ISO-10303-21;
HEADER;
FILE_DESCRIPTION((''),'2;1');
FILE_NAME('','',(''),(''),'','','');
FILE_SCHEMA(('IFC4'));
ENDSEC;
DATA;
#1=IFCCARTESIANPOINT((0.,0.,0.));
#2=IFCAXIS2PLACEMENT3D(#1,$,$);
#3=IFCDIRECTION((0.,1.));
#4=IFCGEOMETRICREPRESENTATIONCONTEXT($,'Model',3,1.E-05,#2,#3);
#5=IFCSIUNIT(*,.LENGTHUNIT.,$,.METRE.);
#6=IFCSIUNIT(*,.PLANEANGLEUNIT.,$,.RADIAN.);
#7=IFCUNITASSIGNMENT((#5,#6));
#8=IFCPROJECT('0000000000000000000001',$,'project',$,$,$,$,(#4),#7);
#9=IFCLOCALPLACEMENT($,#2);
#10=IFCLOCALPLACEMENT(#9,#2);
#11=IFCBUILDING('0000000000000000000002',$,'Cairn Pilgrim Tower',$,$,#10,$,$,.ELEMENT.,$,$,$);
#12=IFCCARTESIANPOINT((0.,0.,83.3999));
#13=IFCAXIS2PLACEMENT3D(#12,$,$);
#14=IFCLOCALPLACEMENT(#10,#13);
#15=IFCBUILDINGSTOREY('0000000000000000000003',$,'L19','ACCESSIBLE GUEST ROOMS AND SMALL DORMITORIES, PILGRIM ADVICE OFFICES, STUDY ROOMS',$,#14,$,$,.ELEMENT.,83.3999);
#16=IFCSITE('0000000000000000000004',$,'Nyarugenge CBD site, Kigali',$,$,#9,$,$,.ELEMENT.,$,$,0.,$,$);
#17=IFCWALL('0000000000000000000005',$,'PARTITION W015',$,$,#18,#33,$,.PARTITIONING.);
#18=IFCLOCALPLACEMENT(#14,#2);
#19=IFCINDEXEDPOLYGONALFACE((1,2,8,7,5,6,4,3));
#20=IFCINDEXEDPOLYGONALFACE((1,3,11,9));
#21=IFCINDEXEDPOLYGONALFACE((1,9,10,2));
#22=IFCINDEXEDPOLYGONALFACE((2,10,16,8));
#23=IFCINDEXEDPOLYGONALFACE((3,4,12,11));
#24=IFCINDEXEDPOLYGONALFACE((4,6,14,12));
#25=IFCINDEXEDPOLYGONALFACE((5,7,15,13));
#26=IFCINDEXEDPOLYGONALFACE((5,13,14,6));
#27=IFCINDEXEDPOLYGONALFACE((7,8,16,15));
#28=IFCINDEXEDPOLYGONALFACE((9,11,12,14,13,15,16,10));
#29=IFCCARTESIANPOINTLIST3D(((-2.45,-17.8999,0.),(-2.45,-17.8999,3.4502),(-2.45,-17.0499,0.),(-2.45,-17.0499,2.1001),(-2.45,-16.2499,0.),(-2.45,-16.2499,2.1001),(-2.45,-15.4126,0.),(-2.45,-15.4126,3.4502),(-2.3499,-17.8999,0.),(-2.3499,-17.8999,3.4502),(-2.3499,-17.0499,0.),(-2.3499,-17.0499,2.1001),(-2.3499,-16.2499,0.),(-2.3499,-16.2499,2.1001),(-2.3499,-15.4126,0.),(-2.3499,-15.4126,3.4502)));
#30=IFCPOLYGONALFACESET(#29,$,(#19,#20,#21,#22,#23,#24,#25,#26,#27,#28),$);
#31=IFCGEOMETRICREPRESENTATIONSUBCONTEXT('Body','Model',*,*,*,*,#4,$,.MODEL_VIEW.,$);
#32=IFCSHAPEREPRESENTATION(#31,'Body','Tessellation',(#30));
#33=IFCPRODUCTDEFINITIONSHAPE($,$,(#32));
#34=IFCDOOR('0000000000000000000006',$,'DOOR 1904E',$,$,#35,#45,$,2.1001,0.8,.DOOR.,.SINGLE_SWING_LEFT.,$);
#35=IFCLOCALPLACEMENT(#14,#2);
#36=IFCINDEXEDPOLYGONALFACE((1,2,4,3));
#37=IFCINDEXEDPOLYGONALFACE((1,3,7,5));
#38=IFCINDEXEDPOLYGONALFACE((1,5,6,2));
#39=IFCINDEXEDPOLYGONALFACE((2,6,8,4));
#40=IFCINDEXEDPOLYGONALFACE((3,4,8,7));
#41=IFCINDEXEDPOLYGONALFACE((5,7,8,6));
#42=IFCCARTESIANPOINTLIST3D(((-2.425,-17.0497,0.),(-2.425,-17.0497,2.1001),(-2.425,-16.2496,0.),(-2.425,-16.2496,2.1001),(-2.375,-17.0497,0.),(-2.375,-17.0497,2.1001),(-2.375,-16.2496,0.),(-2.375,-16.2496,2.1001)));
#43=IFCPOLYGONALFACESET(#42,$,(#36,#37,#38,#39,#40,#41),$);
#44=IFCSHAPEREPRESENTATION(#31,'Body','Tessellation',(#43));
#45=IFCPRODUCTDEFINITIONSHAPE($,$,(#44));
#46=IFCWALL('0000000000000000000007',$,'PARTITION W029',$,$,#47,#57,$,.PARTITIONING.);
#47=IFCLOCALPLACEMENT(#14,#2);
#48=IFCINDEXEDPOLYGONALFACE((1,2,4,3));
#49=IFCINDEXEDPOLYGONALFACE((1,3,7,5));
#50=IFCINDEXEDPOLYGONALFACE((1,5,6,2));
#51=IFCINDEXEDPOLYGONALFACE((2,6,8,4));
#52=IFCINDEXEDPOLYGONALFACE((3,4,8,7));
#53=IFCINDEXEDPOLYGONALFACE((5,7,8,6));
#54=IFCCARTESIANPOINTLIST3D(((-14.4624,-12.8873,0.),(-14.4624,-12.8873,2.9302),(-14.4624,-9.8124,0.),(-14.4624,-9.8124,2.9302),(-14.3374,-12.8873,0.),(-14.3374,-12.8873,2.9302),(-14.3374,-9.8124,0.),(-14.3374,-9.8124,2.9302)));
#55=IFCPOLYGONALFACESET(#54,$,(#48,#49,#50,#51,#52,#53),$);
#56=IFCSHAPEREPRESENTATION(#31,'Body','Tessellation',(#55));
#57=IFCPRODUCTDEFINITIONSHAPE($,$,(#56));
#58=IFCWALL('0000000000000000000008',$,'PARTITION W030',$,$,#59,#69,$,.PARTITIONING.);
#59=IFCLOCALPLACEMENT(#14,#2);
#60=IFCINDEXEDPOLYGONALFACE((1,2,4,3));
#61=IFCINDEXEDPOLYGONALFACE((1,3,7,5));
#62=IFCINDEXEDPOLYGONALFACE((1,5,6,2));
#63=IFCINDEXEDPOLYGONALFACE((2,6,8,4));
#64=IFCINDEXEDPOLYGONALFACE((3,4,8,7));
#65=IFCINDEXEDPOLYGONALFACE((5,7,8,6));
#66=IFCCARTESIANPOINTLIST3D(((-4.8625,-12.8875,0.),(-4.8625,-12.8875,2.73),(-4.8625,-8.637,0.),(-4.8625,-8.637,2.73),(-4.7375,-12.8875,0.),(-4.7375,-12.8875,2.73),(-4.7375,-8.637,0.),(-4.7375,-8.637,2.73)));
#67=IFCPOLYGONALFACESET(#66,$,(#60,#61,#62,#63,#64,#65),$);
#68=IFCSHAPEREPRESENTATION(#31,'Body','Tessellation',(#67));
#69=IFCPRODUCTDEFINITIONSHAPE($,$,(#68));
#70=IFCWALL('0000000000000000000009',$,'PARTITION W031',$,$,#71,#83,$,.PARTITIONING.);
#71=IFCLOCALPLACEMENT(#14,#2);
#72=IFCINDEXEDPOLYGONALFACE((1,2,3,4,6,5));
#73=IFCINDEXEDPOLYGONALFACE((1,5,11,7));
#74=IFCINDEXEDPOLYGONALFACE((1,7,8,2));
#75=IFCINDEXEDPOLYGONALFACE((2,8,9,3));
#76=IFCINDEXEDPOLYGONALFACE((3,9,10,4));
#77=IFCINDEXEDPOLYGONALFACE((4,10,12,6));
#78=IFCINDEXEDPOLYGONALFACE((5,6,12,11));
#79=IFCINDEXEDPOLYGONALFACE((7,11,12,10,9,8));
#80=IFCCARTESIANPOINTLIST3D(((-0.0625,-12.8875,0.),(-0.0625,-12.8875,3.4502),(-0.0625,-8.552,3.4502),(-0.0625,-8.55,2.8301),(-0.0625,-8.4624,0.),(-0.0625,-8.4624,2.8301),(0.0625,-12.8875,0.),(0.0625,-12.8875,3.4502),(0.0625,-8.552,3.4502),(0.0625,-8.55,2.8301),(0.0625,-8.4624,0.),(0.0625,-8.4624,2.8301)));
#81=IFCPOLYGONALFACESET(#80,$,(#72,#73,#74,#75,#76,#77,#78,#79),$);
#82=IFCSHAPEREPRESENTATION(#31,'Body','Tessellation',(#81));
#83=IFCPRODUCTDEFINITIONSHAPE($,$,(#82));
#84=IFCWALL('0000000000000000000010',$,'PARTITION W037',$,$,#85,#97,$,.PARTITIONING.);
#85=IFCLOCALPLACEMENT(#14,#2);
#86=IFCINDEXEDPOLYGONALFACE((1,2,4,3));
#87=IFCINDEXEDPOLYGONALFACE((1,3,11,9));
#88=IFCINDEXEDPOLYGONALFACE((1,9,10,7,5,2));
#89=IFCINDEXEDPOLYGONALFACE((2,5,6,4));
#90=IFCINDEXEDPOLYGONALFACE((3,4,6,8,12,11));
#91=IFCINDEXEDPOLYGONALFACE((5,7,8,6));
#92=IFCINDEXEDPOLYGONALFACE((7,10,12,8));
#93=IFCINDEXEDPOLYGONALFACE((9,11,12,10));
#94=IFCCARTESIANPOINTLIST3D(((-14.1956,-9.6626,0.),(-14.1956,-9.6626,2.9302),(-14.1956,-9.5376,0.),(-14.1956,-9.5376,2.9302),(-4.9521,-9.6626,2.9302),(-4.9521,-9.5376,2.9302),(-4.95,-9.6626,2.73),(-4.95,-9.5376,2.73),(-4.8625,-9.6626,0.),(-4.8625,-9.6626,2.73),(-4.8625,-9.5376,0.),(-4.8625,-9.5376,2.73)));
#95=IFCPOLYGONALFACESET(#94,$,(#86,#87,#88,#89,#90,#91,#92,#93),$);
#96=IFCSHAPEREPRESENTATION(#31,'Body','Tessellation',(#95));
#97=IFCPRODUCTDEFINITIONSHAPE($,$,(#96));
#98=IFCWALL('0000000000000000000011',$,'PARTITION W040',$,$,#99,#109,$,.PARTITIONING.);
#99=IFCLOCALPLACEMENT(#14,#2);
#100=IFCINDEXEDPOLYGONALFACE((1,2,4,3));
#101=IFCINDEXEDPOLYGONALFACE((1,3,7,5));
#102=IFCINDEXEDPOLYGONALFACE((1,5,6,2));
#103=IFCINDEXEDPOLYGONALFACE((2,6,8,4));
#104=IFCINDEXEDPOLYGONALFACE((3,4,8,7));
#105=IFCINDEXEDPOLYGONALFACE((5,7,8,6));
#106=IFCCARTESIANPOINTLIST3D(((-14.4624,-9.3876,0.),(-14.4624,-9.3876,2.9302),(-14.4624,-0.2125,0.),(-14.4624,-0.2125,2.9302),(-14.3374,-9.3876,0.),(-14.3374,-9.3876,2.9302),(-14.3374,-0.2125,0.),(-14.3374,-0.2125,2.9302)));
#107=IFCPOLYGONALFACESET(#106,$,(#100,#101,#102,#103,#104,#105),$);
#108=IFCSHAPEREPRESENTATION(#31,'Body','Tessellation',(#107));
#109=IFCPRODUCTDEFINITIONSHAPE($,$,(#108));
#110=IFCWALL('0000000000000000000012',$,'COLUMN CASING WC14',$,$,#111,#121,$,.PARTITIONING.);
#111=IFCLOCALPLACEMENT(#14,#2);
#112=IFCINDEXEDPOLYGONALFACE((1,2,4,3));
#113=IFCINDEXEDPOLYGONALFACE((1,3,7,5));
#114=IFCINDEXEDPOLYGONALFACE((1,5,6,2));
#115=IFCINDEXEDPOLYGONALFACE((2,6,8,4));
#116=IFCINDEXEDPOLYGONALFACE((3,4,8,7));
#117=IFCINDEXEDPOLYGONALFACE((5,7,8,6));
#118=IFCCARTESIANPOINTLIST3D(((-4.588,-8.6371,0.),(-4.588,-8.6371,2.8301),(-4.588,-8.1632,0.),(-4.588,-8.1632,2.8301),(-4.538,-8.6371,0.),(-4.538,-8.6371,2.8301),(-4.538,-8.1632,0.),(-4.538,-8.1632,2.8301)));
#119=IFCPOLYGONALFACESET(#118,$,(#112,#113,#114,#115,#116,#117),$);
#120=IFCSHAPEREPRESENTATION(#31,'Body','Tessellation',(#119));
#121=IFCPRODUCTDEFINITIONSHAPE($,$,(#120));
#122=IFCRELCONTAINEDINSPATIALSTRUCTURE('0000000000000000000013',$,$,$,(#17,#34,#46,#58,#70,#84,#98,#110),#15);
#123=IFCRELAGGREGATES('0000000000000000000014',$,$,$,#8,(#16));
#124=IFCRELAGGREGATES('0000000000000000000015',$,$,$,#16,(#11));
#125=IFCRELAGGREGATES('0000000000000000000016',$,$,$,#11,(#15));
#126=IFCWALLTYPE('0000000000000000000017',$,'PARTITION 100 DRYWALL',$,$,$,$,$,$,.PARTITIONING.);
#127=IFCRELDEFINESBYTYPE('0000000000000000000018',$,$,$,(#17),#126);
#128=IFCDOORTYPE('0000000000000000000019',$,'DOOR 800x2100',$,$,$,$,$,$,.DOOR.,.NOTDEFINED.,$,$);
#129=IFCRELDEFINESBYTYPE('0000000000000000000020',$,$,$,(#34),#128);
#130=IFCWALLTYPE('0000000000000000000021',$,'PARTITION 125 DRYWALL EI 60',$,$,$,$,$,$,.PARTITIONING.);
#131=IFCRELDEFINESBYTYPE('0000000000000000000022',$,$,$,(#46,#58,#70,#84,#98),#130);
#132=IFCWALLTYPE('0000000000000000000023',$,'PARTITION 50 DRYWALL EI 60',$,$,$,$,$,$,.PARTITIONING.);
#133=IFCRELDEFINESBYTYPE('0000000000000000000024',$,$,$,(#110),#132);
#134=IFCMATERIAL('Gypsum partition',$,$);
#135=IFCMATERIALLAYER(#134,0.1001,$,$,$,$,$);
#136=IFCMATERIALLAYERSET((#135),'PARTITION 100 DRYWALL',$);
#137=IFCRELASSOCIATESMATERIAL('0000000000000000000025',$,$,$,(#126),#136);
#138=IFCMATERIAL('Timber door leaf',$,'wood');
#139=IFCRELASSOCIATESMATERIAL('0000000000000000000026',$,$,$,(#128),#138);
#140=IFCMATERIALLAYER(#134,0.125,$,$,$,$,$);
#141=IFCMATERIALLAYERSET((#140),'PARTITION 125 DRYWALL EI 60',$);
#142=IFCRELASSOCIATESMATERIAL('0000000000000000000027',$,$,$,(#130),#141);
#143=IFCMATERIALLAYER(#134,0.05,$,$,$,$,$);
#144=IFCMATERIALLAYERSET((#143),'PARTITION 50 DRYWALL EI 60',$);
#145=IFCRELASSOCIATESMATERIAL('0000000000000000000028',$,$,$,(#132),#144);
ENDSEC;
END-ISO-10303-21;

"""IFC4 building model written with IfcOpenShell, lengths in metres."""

from ifc_helpers import new_model, si_unit, direction, frame, frame_2d, origin, place, context, subcontext, project, spatial, polyline, rectangle, outline, extrude, material, layer, layer_set, type_object, element, fill, save


model = new_model("IFC4")

# Units and contexts
model_context = context("Model", 3, precision=1e-05, world=origin(), true_north=direction((0.0, 1.0)))
body_context = subcontext(model_context, "Body", "Model", "MODEL_VIEW")
ifc_project = project(units=[si_unit("LENGTHUNIT", "METRE"), si_unit("PLANEANGLEUNIT", "RADIAN")], contexts=[model_context])

# Site, building, storey
site_placement = place(None, origin())
site = spatial("IfcSite", under=ifc_project, at=site_placement, Name="Nyarugenge CBD site, Kigali", CompositionType="ELEMENT", RefElevation=0.0)
building_placement = place(site_placement, origin())
building = spatial("IfcBuilding", under=site, at=building_placement, Name="Cairn Pilgrim Tower", CompositionType="ELEMENT")
storey_placement = place(building_placement, frame((0.0, 0.0, 83.3999)))
storey = spatial("IfcBuildingStorey", under=building, at=storey_placement, Name="L19", Description="ACCESSIBLE GUEST ROOMS AND SMALL DORMITORIES, PILGRIM ADVICE OFFICES, STUDY ROOMS", CompositionType="ELEMENT", Elevation=83.3999)

# Wall, opening, door
ifc_material_1 = material(Name="Gypsum partition")
ifc_layer_1 = layer(ifc_material_1, 0.1001)
ifc_layer_set_1 = layer_set([ifc_layer_1], Name="PARTITION 100 DRYWALL")
wall_type_1 = type_object("IfcWallType", Name="PARTITION 100 DRYWALL", PredefinedType="PARTITIONING", material=ifc_layer_set_1)
ifc_material_2 = material(Name="Timber door leaf", Category="wood")
door_type = type_object("IfcDoorType", Name="DOOR 800x2100", OperationType="NOTDEFINED", PredefinedType="DOOR", material=ifc_material_2)
wall_1_placement = place(storey_placement, frame((-2.3999, -17.8999, 0.0), z_axis=(0.0, 0.0, 1.0), x_axis=(0.0, 1.0, 0.0)))
wall_1 = element("IfcWall", 1, at=wall_1_placement, inside=storey, type_object=wall_type_1, Name="PARTITION W015", PredefinedType="PARTITIONING", context=body_context, shape_type="SweptSolid", body=[
    extrude(rectangle(XDim=2.4873, YDim=0.1001, at=frame_2d((1.2437, 0.0))), origin(), (0.0, 0.0, 1.0), 3.4502),
])
opening_1_placement = place(wall_1_placement, frame((0.8501, 0.0, 0.0)))
opening_1 = element("IfcOpeningElement", 2, at=opening_1_placement, cuts=wall_1, PredefinedType="OPENING", context=body_context, shape_type="SweptSolid", body=[
    extrude(rectangle(XDim=0.8, YDim=2.1001, at=frame_2d((0.3999, 1.05))), frame((0.0, 0.0601, 0.0), z_axis=(0.0, -1.0, 0.0), x_axis=(1.0, 0.0, 0.0)), (0.0, 0.0, 1.0), 0.1201),
])
door_1_placement = place(opening_1_placement, frame((0.8, 0.0, 0.0), z_axis=(0.0, 0.0, 1.0), x_axis=(-1.0, 0.0, 0.0)))
door_1 = element("IfcDoor", 3, at=door_1_placement, inside=storey, type_object=door_type, Name="DOOR 1904E", OperationType="SINGLE_SWING_LEFT", OverallHeight=2.1001, OverallWidth=0.8, PredefinedType="DOOR", context=body_context, shape_type="SweptSolid", body=[
    extrude(rectangle(XDim=0.8, YDim=2.1001, at=frame_2d((0.3999, 1.05))), frame((0.0, 0.0249, 0.0), z_axis=(0.0, -1.0, 0.0), x_axis=(1.0, 0.0, 0.0)), (0.0, 0.0, 1.0), 0.05),
])
fill(opening_1, door_1)

# Walls
ifc_layer_2 = layer(ifc_material_1, 0.125)
ifc_layer_set_2 = layer_set([ifc_layer_2], Name="PARTITION 125 DRYWALL EI 60")
wall_type_2 = type_object("IfcWallType", Name="PARTITION 125 DRYWALL EI 60", PredefinedType="PARTITIONING", material=ifc_layer_set_2)
wall_2_placement = place(storey_placement, frame((-14.3999, -12.8875, 0.0), z_axis=(0.0, 0.0, 1.0), x_axis=(0.0, 1.0, 0.0)))
element("IfcWall", 4, at=wall_2_placement, inside=storey, type_object=wall_type_2, Name="PARTITION W029", PredefinedType="PARTITIONING", context=body_context, shape_type="SweptSolid", body=[
    extrude(rectangle(XDim=3.075, YDim=0.125, at=frame_2d((1.5376, 0.0))), origin(), (0.0, 0.0, 1.0), 2.9302),
])
wall_3_placement = place(storey_placement, frame((-4.8, -12.8875, 0.0), z_axis=(0.0, 0.0, 1.0), x_axis=(0.0, 1.0, 0.0)))
element("IfcWall", 5, at=wall_3_placement, inside=storey, type_object=wall_type_2, Name="PARTITION W030", PredefinedType="PARTITIONING", context=body_context, shape_type="SweptSolid", body=[
    extrude(rectangle(XDim=4.2505, YDim=0.125, at=frame_2d((2.1252, 0.0))), origin(), (0.0, 0.0, 1.0), 2.73),
])
wall_4_placement = place(storey_placement, frame((0.0, -12.8875, 0.0), z_axis=(0.0, 0.0, 1.0), x_axis=(0.0, 1.0, 0.0)))
element("IfcWall", 6, at=wall_4_placement, inside=storey, type_object=wall_type_2, Name="PARTITION W031", PredefinedType="PARTITIONING", context=body_context, shape_type="SweptSolid", body=[
    extrude(outline(polyline([(0.0, 0.0), (4.425, 0.0), (4.425, 2.8301), (4.3374, 2.8301), (4.3354, 3.4502), (0.0, 3.4502), (0.0, 0.0)])), frame((0.0, 0.0625, 0.0), z_axis=(0.0, -1.0, 0.0), x_axis=(1.0, 0.0, 0.0)), (0.0, 0.0, 1.0), 0.125),
])
wall_5_placement = place(storey_placement, frame((-14.1956, -9.6001, 0.0), z_axis=(0.0, 0.0, 1.0), x_axis=(1.0, 0.0, 0.0)))
element("IfcWall", 7, at=wall_5_placement, inside=storey, type_object=wall_type_2, Name="PARTITION W037", PredefinedType="PARTITIONING", context=body_context, shape_type="SweptSolid", body=[
    extrude(outline(polyline([(0.0, 0.0), (9.333, 0.0), (9.333, 2.73), (9.2456, 2.73), (9.2434, 2.9302), (0.0, 2.9302), (0.0, 0.0)])), frame((0.0, 0.0625, 0.0), z_axis=(0.0, -1.0, 0.0), x_axis=(1.0, 0.0, 0.0)), (0.0, 0.0, 1.0), 0.125),
])
wall_6_placement = place(storey_placement, frame((-14.3999, -9.3875, 0.0), z_axis=(0.0, 0.0, 1.0), x_axis=(0.0, 1.0, 0.0)))
element("IfcWall", 8, at=wall_6_placement, inside=storey, type_object=wall_type_2, Name="PARTITION W040", PredefinedType="PARTITIONING", context=body_context, shape_type="SweptSolid", body=[
    extrude(rectangle(XDim=9.175, YDim=0.125, at=frame_2d((4.5874, 0.0))), origin(), (0.0, 0.0, 1.0), 2.9302),
])
ifc_layer_3 = layer(ifc_material_1, 0.05)
ifc_layer_set_3 = layer_set([ifc_layer_3], Name="PARTITION 50 DRYWALL EI 60")
wall_type_3 = type_object("IfcWallType", Name="PARTITION 50 DRYWALL EI 60", PredefinedType="PARTITIONING", material=ifc_layer_set_3)
wall_7_placement = place(storey_placement, frame((-4.563, -8.637, 0.0), z_axis=(0.0, 0.0, 1.0), x_axis=(0.0, 1.0, 0.0)))
element("IfcWall", 9, at=wall_7_placement, inside=storey, type_object=wall_type_3, Name="COLUMN CASING WC14", PredefinedType="PARTITIONING", context=body_context, shape_type="SweptSolid", body=[
    extrude(rectangle(XDim=0.4739, YDim=0.05, at=frame_2d((0.2368, 0.0))), origin(), (0.0, 0.0, 1.0), 2.8301),
])

save(model, "model.ifc")
